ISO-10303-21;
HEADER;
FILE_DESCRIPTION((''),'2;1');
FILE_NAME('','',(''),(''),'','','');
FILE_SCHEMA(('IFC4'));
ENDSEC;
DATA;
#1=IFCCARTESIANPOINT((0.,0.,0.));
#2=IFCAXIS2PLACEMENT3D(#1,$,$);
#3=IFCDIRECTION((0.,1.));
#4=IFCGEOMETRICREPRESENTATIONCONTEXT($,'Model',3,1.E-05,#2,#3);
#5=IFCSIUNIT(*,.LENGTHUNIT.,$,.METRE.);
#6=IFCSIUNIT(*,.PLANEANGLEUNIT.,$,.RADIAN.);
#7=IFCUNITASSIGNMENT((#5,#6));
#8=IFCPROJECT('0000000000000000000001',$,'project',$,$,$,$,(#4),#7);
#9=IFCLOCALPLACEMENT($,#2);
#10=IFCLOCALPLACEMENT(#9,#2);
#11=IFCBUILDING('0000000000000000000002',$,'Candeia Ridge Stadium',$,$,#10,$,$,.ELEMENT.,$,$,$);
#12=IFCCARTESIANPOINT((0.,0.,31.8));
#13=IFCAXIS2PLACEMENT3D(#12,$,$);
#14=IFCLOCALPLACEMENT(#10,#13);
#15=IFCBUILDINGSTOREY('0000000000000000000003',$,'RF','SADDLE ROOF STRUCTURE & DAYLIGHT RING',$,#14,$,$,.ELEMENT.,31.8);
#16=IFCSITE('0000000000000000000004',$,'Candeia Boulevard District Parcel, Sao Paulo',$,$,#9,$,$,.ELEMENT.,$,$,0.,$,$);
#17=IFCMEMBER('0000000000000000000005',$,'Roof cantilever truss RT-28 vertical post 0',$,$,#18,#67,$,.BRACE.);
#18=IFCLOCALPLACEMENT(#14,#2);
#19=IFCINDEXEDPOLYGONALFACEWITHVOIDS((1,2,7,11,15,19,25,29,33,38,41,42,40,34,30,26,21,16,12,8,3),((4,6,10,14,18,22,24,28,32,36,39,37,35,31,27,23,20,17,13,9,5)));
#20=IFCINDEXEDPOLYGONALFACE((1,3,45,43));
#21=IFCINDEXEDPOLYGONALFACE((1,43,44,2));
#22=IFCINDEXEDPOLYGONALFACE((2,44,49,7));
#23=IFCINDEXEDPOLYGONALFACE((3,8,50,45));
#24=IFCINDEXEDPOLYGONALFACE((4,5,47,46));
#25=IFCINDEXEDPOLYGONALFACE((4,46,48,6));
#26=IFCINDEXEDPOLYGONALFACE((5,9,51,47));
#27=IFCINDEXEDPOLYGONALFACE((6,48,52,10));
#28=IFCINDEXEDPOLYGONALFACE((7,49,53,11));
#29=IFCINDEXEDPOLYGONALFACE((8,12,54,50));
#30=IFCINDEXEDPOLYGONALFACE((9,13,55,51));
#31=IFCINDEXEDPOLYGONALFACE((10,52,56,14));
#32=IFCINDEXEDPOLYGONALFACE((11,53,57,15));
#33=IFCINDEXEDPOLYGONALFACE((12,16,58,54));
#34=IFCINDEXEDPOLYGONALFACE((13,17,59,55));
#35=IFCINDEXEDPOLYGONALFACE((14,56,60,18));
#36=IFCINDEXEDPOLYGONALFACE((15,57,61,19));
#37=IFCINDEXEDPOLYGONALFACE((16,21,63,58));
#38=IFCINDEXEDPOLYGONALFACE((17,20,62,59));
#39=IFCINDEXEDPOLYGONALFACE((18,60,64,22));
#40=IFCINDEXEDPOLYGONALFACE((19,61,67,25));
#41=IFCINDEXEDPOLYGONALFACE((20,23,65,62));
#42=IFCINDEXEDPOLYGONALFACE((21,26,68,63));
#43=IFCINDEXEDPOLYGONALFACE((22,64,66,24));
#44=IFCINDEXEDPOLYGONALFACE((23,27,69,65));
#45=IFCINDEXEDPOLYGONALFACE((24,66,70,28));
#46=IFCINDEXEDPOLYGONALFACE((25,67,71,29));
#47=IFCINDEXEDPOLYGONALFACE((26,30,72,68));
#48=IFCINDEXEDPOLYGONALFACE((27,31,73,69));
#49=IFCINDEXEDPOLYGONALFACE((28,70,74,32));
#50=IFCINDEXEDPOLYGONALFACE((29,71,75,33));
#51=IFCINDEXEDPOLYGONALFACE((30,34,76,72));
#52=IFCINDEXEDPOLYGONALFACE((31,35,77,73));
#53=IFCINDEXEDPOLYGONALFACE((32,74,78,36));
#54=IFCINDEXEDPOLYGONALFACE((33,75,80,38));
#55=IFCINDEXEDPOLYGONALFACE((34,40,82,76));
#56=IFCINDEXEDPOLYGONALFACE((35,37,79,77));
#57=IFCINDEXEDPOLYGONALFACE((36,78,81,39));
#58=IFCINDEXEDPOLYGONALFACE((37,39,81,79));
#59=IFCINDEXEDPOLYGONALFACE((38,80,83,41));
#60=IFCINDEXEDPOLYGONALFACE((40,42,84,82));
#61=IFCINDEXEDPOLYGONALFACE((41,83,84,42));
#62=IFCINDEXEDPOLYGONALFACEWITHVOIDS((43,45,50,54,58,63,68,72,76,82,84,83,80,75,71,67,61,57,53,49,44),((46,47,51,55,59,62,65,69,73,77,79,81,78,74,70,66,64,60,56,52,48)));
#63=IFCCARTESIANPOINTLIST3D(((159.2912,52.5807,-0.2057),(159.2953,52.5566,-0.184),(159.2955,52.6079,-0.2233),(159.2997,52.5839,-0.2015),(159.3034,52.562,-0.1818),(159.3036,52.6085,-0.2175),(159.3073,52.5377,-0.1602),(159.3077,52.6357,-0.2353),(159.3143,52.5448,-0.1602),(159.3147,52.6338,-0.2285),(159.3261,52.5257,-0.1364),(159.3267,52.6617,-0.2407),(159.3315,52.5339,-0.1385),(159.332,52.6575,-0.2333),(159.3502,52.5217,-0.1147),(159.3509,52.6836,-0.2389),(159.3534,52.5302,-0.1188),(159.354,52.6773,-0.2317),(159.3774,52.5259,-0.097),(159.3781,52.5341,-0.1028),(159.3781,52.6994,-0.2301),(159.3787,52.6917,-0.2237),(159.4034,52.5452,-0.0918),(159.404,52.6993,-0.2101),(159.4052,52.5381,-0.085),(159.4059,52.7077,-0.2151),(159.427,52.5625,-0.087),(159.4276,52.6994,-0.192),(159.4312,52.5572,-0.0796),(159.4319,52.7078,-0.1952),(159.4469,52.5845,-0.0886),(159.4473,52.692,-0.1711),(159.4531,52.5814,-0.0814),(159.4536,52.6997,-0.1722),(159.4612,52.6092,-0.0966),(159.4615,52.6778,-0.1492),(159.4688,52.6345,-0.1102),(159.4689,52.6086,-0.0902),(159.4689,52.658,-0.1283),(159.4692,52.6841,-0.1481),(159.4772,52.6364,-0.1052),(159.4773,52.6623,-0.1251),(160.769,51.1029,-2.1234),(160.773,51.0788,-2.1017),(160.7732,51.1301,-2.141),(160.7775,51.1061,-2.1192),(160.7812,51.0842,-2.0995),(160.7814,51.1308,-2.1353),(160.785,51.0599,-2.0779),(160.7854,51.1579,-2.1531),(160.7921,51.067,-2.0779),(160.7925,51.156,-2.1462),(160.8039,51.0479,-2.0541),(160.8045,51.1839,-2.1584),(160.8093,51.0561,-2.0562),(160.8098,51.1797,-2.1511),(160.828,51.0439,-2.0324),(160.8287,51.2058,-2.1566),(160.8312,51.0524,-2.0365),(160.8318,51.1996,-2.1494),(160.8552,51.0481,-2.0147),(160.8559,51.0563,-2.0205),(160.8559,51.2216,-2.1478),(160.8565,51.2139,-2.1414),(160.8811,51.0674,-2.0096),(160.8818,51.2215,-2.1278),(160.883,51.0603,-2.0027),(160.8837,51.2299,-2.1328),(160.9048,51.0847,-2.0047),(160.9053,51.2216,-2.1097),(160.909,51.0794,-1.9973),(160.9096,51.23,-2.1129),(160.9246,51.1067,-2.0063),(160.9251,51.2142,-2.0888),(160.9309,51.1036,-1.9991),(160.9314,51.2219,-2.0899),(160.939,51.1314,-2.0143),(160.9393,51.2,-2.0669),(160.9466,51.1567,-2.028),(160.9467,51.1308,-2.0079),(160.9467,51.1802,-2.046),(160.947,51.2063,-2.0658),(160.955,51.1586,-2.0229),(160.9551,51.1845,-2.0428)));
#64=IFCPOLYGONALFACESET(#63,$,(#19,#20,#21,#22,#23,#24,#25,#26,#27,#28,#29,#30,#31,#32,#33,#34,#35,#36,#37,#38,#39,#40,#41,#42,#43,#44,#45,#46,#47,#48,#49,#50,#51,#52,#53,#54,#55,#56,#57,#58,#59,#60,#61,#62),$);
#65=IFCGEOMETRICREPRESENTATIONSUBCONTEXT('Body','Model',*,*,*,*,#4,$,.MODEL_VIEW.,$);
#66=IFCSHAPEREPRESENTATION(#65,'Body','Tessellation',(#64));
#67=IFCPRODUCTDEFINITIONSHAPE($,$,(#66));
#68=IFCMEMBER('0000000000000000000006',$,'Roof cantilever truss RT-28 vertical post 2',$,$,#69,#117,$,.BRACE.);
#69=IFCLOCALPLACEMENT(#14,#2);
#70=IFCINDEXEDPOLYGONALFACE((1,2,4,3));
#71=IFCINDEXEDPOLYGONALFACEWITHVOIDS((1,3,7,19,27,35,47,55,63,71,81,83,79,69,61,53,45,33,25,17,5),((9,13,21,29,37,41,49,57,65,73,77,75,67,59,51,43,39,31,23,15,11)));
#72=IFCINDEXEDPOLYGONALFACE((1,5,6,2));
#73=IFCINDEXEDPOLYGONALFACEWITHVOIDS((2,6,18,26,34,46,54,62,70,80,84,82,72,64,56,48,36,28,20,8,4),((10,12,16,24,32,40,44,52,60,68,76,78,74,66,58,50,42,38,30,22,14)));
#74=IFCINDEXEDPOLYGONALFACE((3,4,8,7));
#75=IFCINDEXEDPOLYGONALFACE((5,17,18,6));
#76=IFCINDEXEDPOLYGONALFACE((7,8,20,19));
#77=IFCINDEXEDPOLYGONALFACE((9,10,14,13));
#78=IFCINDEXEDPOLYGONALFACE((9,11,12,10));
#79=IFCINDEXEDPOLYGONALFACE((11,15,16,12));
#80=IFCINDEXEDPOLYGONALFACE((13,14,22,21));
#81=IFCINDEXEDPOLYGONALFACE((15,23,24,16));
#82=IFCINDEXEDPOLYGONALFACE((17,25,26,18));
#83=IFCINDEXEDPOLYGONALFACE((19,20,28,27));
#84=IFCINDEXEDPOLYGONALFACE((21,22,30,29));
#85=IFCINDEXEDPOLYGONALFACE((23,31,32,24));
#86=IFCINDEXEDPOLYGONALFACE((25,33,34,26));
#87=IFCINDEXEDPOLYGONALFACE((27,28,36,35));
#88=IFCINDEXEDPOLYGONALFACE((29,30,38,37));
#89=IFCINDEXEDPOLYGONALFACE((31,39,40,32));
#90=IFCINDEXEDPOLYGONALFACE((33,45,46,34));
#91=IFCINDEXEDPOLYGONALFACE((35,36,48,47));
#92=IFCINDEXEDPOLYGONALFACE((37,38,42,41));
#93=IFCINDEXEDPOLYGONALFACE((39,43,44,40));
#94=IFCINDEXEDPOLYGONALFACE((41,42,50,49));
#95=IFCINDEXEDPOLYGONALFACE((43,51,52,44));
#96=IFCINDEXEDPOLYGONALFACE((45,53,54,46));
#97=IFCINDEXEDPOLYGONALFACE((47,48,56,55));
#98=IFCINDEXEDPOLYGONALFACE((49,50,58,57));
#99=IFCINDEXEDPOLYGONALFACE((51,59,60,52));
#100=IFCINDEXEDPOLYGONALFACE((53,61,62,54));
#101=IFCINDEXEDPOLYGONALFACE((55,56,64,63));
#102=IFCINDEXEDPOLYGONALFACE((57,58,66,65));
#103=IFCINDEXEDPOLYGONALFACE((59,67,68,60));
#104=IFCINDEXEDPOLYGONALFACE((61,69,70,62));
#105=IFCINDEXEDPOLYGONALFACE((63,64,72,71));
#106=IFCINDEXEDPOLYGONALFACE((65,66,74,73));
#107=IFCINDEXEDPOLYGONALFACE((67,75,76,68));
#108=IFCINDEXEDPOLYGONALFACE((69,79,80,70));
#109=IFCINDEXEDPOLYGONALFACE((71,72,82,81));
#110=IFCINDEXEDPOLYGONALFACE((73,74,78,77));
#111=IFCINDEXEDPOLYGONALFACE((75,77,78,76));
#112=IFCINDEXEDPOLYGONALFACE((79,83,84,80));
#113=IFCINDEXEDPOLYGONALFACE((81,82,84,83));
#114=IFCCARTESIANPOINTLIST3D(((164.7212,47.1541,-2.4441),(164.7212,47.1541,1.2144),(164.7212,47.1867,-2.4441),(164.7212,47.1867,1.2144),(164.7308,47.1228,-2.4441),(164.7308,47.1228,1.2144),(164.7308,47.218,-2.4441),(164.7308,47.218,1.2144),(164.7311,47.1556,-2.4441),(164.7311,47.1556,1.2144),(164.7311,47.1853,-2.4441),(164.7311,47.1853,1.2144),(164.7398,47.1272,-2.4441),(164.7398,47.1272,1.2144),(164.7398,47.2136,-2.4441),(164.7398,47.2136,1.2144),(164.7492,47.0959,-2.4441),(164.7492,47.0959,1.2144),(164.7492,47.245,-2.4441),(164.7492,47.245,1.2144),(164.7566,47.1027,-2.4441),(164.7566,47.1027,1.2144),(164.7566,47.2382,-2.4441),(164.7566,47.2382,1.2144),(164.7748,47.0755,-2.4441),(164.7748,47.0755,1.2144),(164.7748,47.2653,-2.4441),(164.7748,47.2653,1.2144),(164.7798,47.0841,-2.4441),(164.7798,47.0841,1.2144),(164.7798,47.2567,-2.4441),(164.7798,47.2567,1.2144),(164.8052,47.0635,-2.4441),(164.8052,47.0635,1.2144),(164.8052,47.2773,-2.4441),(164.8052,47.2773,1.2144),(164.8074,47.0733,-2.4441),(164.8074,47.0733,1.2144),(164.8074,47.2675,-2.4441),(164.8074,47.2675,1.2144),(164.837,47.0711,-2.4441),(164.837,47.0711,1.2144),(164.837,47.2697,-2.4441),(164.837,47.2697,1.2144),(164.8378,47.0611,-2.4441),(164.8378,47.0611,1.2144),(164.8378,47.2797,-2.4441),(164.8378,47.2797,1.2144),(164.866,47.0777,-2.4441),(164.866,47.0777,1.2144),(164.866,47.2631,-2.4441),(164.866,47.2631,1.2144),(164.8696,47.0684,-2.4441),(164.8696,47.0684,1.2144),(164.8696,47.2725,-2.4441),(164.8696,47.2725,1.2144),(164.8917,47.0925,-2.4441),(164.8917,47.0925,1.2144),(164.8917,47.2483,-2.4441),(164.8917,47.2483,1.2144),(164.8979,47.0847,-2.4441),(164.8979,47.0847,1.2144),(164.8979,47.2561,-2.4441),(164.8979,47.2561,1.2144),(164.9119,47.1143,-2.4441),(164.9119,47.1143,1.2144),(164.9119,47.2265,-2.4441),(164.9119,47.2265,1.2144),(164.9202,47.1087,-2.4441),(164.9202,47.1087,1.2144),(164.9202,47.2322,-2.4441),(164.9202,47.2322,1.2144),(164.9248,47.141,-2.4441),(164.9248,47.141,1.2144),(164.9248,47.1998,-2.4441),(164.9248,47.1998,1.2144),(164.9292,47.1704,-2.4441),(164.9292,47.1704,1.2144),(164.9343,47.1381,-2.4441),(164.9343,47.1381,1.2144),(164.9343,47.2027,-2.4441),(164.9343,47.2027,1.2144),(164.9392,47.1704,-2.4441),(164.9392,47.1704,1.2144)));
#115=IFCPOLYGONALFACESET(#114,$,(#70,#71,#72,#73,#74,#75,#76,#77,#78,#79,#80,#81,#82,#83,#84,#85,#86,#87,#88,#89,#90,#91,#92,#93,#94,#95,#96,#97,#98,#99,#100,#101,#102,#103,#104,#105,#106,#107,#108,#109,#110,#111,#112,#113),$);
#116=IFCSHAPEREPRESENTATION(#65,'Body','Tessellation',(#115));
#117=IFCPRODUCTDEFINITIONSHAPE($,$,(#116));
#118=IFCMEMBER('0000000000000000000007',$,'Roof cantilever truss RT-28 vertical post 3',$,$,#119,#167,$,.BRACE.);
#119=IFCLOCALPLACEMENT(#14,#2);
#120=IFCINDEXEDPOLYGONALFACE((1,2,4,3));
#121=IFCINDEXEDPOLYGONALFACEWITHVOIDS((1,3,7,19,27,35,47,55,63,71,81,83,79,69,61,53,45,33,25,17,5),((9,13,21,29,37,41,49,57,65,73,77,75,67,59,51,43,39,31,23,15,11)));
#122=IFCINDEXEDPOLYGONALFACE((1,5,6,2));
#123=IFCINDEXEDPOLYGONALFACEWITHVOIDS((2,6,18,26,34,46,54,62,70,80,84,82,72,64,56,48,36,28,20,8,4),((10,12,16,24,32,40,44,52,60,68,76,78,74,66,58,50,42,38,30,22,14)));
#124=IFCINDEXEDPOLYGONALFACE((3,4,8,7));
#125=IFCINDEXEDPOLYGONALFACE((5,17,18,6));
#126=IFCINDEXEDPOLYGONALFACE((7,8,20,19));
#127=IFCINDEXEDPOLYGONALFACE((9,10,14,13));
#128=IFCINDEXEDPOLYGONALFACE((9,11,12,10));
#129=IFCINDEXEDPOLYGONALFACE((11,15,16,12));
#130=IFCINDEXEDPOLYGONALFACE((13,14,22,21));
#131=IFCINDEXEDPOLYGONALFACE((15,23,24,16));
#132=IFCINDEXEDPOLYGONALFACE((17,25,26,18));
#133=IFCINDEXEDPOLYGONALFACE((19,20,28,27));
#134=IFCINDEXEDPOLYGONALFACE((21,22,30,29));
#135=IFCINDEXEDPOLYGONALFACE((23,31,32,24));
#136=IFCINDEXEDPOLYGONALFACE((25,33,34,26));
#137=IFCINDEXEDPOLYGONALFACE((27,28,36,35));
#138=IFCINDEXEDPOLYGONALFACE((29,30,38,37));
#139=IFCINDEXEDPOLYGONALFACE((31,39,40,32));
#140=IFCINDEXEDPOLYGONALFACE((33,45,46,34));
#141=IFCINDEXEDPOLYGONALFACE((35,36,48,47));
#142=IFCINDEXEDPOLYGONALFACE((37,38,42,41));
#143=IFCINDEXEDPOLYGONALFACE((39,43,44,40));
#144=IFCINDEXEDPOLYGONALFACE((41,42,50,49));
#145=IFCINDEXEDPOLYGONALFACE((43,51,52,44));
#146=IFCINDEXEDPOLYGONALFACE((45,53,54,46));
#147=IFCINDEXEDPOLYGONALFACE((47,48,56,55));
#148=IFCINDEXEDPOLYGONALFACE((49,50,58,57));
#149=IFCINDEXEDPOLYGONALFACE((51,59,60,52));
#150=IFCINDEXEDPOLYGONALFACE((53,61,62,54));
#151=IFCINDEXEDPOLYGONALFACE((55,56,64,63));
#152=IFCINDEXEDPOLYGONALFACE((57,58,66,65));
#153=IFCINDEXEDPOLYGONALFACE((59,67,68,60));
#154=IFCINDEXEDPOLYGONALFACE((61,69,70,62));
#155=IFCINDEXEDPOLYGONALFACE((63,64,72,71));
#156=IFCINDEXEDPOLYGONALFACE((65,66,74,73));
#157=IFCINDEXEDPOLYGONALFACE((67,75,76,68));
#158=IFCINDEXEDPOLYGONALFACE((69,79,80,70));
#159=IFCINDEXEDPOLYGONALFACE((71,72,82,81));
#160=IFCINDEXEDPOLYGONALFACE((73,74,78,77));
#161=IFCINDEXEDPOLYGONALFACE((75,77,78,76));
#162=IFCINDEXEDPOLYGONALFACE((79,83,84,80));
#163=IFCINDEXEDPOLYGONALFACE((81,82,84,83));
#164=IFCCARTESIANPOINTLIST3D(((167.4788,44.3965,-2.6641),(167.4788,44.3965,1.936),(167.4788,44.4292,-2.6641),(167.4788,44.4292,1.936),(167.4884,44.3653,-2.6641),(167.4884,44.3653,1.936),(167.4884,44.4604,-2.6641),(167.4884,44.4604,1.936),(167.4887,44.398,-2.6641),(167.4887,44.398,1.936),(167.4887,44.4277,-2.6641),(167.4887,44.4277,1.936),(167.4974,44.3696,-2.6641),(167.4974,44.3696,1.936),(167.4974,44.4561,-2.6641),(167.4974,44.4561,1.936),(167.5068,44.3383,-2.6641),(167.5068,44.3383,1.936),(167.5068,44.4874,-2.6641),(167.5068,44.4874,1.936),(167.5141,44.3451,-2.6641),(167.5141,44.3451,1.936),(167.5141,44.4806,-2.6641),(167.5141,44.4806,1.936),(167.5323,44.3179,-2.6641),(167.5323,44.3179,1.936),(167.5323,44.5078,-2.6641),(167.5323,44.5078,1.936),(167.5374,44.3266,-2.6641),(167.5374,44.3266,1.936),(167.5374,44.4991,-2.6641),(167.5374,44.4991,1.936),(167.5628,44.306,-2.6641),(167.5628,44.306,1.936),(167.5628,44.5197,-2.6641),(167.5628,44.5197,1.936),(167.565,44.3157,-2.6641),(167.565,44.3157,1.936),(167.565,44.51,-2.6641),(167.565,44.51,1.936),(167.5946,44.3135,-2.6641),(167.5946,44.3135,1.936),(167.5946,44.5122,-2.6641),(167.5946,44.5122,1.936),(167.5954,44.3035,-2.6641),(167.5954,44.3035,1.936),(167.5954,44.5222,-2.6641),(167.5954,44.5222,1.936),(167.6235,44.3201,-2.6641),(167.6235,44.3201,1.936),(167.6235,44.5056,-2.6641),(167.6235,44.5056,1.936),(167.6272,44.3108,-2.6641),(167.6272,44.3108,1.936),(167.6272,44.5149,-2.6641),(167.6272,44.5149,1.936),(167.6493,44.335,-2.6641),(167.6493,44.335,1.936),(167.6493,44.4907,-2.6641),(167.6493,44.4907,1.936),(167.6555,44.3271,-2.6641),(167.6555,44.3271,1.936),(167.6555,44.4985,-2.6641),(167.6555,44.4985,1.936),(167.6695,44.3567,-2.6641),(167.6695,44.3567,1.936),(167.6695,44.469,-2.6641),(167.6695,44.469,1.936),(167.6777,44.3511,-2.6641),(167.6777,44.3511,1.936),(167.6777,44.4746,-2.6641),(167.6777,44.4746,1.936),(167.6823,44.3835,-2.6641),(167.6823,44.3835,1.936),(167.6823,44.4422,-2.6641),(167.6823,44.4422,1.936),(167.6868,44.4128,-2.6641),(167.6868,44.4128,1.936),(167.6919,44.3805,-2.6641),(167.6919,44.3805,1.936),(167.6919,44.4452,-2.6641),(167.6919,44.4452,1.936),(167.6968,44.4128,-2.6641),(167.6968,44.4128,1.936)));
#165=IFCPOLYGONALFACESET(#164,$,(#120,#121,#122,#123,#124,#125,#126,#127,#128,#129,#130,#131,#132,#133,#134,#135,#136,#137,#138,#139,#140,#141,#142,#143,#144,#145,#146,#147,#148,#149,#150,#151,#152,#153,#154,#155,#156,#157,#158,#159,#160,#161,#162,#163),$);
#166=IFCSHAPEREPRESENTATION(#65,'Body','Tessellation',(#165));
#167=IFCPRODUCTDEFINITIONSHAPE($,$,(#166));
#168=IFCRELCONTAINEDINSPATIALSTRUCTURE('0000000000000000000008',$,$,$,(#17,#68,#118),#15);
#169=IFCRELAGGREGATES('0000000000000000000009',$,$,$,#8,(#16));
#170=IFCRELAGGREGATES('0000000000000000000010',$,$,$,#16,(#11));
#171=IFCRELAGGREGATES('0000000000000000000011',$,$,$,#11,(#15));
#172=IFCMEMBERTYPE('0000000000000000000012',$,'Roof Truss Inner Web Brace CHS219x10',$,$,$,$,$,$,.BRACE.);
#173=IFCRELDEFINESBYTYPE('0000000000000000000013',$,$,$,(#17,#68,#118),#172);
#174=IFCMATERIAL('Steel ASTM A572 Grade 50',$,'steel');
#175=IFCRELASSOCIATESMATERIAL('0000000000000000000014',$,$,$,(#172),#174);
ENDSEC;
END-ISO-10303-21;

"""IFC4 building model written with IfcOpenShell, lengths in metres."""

from ifc_helpers import new_model, si_unit, direction, frame, origin, origin_2d, place, context, subcontext, project, spatial, hollow_circle, extrude, material, material_profile, profile_set, type_object, element, save


model = new_model("IFC4")

# Units and contexts
model_context = context("Model", 3, precision=1e-05, world=origin(), true_north=direction((0.0, 1.0)))
body_context = subcontext(model_context, "Body", "Model", "MODEL_VIEW")
ifc_project = project(units=[si_unit("LENGTHUNIT", "METRE"), si_unit("PLANEANGLEUNIT", "RADIAN")], contexts=[model_context])

# Site, building, storey
site_placement = place(None, origin())
site = spatial("IfcSite", under=ifc_project, at=site_placement, Name="Candeia Boulevard District Parcel, Sao Paulo", CompositionType="ELEMENT", RefElevation=0.0)
building_placement = place(site_placement, origin())
building = spatial("IfcBuilding", under=site, at=building_placement, Name="Candeia Ridge Stadium", CompositionType="ELEMENT")
storey_placement = place(building_placement, frame((0.0, 0.0, 31.8)))
storey = spatial("IfcBuildingStorey", under=building, at=storey_placement, Name="RF", Description="SADDLE ROOF STRUCTURE & DAYLIGHT RING", CompositionType="ELEMENT", Elevation=31.8)

# Shared definitions
ifc_material_1 = material(Name="Steel ASTM A572 Grade 50", Category="steel")

# Members
ifc_material_profile_1 = material_profile(ifc_material_1, hollow_circle(Radius=0.1096, WallThickness=0.01, at=origin_2d()), Name="CHS219x10", Category="steel")
ifc_profile_set_1 = profile_set([ifc_material_profile_1], Name="Steel ASTM A572 Grade 50")
member_type_1 = type_object("IfcMemberType", Name="Roof Truss Inner Web Brace CHS219x10", PredefinedType="BRACE", material=ifc_profile_set_1)
member_1_placement = place(storey_placement, frame((160.8625, 51.1375, -2.0779), z_axis=(-0.521001, 0.521001, 0.676104), x_axis=(-0.707107, -0.707107, 0.0)))
element("IfcMember", 1, at=member_1_placement, inside=storey, type_object=member_type_1, Name="Roof cantilever truss RT-28 vertical post 0", PredefinedType="BRACE", context=body_context, shape_type="SweptSolid", body=[
    extrude(hollow_circle(Radius=0.1096, WallThickness=0.01, at=origin_2d()), origin(), (0.0, 0.0, 1.0), 2.8364),
])
member_2_placement = place(storey_placement, frame((164.8296, 47.1704, -2.4441), z_axis=(0.0, 0.0, 1.0), x_axis=(1.0, 0.0, 0.0)))
element("IfcMember", 2, at=member_2_placement, inside=storey, type_object=member_type_1, Name="Roof cantilever truss RT-28 vertical post 2", PredefinedType="BRACE", context=body_context, shape_type="SweptSolid", body=[
    extrude(hollow_circle(Radius=0.1096, WallThickness=0.01, at=origin_2d()), origin(), (0.0, 0.0, 1.0), 3.6584),
])
member_3_placement = place(storey_placement, frame((167.5872, 44.4128, -2.6641), z_axis=(0.0, 0.0, 1.0), x_axis=(1.0, 0.0, 0.0)))
element("IfcMember", 3, at=member_3_placement, inside=storey, type_object=member_type_1, Name="Roof cantilever truss RT-28 vertical post 3", PredefinedType="BRACE", context=body_context, shape_type="SweptSolid", body=[
    extrude(hollow_circle(Radius=0.1096, WallThickness=0.01, at=origin_2d()), origin(), (0.0, 0.0, 1.0), 4.6001),
])

save(model, "model.ifc")
